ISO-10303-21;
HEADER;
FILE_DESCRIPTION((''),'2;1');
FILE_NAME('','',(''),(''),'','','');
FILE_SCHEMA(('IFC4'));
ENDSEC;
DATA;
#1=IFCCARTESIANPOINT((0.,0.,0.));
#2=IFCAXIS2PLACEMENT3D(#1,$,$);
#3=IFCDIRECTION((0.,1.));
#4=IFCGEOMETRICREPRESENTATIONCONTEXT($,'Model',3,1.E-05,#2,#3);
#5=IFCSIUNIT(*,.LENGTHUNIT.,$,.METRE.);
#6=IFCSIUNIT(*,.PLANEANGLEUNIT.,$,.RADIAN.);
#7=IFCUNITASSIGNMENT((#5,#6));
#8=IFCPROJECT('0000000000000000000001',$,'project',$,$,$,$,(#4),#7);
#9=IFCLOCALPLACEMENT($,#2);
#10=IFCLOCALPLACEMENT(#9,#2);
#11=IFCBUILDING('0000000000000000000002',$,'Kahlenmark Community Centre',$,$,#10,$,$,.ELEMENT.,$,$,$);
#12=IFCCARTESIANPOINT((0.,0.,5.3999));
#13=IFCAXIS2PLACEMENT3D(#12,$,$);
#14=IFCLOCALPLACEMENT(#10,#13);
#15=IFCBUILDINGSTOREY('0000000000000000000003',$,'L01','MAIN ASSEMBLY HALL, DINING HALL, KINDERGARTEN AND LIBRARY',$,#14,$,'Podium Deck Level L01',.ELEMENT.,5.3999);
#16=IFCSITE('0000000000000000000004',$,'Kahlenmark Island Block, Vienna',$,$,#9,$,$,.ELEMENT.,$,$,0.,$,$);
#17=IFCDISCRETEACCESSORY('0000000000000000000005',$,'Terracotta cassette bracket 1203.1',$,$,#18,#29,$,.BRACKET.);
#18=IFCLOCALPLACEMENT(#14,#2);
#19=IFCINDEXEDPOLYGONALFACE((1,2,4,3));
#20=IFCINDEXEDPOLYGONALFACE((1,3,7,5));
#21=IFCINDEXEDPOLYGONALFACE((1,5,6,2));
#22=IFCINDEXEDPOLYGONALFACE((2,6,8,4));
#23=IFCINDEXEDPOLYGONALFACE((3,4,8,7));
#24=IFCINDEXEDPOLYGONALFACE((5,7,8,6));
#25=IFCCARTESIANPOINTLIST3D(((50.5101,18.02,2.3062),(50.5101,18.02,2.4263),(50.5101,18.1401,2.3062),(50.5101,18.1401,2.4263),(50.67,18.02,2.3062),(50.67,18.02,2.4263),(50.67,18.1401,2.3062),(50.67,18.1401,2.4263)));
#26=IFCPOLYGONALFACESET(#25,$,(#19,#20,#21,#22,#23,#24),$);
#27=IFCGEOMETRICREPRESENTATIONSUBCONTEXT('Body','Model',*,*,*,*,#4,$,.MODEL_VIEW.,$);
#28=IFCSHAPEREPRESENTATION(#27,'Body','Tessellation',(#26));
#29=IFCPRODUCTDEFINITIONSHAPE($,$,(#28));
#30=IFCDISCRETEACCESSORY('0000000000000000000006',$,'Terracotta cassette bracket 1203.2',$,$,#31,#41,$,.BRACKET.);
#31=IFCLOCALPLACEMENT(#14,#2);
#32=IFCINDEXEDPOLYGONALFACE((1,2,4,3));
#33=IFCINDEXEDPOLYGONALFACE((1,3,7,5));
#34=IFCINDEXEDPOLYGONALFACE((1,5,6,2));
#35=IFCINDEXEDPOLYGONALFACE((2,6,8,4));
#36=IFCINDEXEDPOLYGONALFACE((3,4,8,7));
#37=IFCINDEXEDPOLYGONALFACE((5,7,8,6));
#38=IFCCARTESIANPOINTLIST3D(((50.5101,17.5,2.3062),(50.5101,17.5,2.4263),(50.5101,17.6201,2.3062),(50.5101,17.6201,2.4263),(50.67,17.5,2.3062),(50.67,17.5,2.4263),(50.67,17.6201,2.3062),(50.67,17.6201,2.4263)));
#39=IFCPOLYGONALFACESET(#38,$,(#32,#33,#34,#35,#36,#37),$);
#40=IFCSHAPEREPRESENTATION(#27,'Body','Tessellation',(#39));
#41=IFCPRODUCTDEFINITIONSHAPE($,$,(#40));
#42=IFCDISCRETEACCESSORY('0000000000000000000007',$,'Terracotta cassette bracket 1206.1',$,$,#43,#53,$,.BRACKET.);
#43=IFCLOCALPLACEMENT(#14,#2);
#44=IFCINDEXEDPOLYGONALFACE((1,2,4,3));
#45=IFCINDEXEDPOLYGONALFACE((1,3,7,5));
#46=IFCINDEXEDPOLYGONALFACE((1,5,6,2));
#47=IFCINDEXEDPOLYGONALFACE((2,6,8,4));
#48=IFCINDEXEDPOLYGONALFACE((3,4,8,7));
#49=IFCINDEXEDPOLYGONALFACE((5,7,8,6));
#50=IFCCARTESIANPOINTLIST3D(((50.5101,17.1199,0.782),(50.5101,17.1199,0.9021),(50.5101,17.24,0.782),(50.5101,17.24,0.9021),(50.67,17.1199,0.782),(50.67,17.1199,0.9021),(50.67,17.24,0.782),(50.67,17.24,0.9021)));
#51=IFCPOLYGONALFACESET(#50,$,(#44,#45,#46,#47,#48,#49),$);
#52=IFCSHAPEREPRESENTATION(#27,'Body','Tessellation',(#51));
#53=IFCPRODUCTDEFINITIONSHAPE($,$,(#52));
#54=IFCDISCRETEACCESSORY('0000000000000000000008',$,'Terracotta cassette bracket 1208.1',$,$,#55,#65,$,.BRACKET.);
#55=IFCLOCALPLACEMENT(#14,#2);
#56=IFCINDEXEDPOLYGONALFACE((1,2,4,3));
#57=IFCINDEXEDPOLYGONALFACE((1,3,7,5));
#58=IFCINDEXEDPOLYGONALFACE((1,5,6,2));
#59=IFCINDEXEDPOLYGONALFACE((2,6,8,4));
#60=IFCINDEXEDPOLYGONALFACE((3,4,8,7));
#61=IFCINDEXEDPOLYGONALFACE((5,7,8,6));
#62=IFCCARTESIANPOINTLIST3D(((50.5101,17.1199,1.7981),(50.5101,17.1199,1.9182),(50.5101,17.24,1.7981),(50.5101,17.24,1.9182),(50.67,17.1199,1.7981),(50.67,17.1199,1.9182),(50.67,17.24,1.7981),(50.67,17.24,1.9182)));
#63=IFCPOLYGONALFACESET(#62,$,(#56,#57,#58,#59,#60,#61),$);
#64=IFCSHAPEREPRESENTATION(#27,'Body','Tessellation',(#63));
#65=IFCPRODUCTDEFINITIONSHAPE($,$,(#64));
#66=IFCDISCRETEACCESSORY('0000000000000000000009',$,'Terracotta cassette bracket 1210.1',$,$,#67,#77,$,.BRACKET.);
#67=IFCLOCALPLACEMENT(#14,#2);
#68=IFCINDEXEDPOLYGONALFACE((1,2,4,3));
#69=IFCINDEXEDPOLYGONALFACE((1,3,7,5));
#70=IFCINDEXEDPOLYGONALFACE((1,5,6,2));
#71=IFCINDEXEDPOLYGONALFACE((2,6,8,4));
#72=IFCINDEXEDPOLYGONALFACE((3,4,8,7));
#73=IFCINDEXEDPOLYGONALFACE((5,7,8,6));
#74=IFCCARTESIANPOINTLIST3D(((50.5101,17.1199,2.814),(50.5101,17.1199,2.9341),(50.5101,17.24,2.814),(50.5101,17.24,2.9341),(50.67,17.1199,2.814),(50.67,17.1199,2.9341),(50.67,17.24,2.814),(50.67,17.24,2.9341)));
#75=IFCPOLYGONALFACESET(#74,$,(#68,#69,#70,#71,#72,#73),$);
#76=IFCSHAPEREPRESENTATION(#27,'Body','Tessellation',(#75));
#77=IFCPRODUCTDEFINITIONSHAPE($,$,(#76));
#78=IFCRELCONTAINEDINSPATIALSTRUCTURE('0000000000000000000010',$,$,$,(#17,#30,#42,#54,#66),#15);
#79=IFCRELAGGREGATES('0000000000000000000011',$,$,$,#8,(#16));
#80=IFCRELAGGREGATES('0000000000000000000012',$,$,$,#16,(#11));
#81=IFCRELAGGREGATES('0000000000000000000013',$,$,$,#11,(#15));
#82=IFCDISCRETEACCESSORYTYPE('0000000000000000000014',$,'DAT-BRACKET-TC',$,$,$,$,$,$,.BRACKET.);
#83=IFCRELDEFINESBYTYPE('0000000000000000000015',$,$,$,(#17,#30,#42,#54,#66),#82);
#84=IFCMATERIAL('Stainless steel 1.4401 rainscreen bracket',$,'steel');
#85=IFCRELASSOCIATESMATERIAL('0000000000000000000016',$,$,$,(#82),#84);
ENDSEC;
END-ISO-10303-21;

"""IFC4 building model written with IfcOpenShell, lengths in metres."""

from ifc_helpers import new_model, si_unit, direction, frame, origin, origin_2d, place, context, subcontext, project, spatial, rectangle, extrude, material, type_object, element, save


model = new_model("IFC4")

# Units and contexts
model_context = context("Model", 3, precision=1e-05, world=origin(), true_north=direction((0.0, 1.0)))
body_context = subcontext(model_context, "Body", "Model", "MODEL_VIEW")
ifc_project = project(units=[si_unit("LENGTHUNIT", "METRE"), si_unit("PLANEANGLEUNIT", "RADIAN")], contexts=[model_context])

# Site, building, storey
site_placement = place(None, origin())
site = spatial("IfcSite", under=ifc_project, at=site_placement, Name="Kahlenmark Island Block, Vienna", CompositionType="ELEMENT", RefElevation=0.0)
building_placement = place(site_placement, origin())
building = spatial("IfcBuilding", under=site, at=building_placement, Name="Kahlenmark Community Centre", CompositionType="ELEMENT")
storey_placement = place(building_placement, frame((0.0, 0.0, 5.3999)))
storey = spatial("IfcBuildingStorey", under=building, at=storey_placement, Name="L01", Description="MAIN ASSEMBLY HALL, DINING HALL, KINDERGARTEN AND LIBRARY", LongName="Podium Deck Level L01", CompositionType="ELEMENT", Elevation=5.3999)

# Discrete accessories
ifc_material_1 = material(Name="Stainless steel 1.4401 rainscreen bracket", Category="steel")
discrete_accessory_type = type_object("IfcDiscreteAccessoryType", Name="DAT-BRACKET-TC", PredefinedType="BRACKET", material=ifc_material_1)
for number, where, z_axis, x_axis, name in (
    (1, (50.5901, 18.0801, 2.3062), (0.0, 0.0, 1.0), (0.0, -1.0, 0.0), "Terracotta cassette bracket 1203.1"),
    (2, (50.5901, 17.5601, 2.3062), (0.0, 0.0, 1.0), (0.0, -1.0, 0.0), "Terracotta cassette bracket 1203.2"),
    (3, (50.5901, 17.1799, 0.782), (0.0, 0.0, 1.0), (0.0, -1.0, 0.0), "Terracotta cassette bracket 1206.1"),
    (4, (50.5901, 17.1799, 1.7981), (0.0, 0.0, 1.0), (0.0, -1.0, 0.0), "Terracotta cassette bracket 1208.1"),
    (5, (50.5901, 17.1799, 2.814), (0.0, 0.0, 1.0), (0.0, -1.0, 0.0), "Terracotta cassette bracket 1210.1"),
):
    element("IfcDiscreteAccessory", number, at=place(storey_placement, frame(where, z_axis=z_axis, x_axis=x_axis)), inside=storey, type_object=discrete_accessory_type, Name=name, PredefinedType="BRACKET", context=body_context, shape_type="SweptSolid", body=[
        extrude(rectangle(XDim=0.1201, YDim=0.1599, at=origin_2d()), origin(), (0.0, 0.0, 1.0), 0.1201),
    ])

save(model, "model.ifc")
